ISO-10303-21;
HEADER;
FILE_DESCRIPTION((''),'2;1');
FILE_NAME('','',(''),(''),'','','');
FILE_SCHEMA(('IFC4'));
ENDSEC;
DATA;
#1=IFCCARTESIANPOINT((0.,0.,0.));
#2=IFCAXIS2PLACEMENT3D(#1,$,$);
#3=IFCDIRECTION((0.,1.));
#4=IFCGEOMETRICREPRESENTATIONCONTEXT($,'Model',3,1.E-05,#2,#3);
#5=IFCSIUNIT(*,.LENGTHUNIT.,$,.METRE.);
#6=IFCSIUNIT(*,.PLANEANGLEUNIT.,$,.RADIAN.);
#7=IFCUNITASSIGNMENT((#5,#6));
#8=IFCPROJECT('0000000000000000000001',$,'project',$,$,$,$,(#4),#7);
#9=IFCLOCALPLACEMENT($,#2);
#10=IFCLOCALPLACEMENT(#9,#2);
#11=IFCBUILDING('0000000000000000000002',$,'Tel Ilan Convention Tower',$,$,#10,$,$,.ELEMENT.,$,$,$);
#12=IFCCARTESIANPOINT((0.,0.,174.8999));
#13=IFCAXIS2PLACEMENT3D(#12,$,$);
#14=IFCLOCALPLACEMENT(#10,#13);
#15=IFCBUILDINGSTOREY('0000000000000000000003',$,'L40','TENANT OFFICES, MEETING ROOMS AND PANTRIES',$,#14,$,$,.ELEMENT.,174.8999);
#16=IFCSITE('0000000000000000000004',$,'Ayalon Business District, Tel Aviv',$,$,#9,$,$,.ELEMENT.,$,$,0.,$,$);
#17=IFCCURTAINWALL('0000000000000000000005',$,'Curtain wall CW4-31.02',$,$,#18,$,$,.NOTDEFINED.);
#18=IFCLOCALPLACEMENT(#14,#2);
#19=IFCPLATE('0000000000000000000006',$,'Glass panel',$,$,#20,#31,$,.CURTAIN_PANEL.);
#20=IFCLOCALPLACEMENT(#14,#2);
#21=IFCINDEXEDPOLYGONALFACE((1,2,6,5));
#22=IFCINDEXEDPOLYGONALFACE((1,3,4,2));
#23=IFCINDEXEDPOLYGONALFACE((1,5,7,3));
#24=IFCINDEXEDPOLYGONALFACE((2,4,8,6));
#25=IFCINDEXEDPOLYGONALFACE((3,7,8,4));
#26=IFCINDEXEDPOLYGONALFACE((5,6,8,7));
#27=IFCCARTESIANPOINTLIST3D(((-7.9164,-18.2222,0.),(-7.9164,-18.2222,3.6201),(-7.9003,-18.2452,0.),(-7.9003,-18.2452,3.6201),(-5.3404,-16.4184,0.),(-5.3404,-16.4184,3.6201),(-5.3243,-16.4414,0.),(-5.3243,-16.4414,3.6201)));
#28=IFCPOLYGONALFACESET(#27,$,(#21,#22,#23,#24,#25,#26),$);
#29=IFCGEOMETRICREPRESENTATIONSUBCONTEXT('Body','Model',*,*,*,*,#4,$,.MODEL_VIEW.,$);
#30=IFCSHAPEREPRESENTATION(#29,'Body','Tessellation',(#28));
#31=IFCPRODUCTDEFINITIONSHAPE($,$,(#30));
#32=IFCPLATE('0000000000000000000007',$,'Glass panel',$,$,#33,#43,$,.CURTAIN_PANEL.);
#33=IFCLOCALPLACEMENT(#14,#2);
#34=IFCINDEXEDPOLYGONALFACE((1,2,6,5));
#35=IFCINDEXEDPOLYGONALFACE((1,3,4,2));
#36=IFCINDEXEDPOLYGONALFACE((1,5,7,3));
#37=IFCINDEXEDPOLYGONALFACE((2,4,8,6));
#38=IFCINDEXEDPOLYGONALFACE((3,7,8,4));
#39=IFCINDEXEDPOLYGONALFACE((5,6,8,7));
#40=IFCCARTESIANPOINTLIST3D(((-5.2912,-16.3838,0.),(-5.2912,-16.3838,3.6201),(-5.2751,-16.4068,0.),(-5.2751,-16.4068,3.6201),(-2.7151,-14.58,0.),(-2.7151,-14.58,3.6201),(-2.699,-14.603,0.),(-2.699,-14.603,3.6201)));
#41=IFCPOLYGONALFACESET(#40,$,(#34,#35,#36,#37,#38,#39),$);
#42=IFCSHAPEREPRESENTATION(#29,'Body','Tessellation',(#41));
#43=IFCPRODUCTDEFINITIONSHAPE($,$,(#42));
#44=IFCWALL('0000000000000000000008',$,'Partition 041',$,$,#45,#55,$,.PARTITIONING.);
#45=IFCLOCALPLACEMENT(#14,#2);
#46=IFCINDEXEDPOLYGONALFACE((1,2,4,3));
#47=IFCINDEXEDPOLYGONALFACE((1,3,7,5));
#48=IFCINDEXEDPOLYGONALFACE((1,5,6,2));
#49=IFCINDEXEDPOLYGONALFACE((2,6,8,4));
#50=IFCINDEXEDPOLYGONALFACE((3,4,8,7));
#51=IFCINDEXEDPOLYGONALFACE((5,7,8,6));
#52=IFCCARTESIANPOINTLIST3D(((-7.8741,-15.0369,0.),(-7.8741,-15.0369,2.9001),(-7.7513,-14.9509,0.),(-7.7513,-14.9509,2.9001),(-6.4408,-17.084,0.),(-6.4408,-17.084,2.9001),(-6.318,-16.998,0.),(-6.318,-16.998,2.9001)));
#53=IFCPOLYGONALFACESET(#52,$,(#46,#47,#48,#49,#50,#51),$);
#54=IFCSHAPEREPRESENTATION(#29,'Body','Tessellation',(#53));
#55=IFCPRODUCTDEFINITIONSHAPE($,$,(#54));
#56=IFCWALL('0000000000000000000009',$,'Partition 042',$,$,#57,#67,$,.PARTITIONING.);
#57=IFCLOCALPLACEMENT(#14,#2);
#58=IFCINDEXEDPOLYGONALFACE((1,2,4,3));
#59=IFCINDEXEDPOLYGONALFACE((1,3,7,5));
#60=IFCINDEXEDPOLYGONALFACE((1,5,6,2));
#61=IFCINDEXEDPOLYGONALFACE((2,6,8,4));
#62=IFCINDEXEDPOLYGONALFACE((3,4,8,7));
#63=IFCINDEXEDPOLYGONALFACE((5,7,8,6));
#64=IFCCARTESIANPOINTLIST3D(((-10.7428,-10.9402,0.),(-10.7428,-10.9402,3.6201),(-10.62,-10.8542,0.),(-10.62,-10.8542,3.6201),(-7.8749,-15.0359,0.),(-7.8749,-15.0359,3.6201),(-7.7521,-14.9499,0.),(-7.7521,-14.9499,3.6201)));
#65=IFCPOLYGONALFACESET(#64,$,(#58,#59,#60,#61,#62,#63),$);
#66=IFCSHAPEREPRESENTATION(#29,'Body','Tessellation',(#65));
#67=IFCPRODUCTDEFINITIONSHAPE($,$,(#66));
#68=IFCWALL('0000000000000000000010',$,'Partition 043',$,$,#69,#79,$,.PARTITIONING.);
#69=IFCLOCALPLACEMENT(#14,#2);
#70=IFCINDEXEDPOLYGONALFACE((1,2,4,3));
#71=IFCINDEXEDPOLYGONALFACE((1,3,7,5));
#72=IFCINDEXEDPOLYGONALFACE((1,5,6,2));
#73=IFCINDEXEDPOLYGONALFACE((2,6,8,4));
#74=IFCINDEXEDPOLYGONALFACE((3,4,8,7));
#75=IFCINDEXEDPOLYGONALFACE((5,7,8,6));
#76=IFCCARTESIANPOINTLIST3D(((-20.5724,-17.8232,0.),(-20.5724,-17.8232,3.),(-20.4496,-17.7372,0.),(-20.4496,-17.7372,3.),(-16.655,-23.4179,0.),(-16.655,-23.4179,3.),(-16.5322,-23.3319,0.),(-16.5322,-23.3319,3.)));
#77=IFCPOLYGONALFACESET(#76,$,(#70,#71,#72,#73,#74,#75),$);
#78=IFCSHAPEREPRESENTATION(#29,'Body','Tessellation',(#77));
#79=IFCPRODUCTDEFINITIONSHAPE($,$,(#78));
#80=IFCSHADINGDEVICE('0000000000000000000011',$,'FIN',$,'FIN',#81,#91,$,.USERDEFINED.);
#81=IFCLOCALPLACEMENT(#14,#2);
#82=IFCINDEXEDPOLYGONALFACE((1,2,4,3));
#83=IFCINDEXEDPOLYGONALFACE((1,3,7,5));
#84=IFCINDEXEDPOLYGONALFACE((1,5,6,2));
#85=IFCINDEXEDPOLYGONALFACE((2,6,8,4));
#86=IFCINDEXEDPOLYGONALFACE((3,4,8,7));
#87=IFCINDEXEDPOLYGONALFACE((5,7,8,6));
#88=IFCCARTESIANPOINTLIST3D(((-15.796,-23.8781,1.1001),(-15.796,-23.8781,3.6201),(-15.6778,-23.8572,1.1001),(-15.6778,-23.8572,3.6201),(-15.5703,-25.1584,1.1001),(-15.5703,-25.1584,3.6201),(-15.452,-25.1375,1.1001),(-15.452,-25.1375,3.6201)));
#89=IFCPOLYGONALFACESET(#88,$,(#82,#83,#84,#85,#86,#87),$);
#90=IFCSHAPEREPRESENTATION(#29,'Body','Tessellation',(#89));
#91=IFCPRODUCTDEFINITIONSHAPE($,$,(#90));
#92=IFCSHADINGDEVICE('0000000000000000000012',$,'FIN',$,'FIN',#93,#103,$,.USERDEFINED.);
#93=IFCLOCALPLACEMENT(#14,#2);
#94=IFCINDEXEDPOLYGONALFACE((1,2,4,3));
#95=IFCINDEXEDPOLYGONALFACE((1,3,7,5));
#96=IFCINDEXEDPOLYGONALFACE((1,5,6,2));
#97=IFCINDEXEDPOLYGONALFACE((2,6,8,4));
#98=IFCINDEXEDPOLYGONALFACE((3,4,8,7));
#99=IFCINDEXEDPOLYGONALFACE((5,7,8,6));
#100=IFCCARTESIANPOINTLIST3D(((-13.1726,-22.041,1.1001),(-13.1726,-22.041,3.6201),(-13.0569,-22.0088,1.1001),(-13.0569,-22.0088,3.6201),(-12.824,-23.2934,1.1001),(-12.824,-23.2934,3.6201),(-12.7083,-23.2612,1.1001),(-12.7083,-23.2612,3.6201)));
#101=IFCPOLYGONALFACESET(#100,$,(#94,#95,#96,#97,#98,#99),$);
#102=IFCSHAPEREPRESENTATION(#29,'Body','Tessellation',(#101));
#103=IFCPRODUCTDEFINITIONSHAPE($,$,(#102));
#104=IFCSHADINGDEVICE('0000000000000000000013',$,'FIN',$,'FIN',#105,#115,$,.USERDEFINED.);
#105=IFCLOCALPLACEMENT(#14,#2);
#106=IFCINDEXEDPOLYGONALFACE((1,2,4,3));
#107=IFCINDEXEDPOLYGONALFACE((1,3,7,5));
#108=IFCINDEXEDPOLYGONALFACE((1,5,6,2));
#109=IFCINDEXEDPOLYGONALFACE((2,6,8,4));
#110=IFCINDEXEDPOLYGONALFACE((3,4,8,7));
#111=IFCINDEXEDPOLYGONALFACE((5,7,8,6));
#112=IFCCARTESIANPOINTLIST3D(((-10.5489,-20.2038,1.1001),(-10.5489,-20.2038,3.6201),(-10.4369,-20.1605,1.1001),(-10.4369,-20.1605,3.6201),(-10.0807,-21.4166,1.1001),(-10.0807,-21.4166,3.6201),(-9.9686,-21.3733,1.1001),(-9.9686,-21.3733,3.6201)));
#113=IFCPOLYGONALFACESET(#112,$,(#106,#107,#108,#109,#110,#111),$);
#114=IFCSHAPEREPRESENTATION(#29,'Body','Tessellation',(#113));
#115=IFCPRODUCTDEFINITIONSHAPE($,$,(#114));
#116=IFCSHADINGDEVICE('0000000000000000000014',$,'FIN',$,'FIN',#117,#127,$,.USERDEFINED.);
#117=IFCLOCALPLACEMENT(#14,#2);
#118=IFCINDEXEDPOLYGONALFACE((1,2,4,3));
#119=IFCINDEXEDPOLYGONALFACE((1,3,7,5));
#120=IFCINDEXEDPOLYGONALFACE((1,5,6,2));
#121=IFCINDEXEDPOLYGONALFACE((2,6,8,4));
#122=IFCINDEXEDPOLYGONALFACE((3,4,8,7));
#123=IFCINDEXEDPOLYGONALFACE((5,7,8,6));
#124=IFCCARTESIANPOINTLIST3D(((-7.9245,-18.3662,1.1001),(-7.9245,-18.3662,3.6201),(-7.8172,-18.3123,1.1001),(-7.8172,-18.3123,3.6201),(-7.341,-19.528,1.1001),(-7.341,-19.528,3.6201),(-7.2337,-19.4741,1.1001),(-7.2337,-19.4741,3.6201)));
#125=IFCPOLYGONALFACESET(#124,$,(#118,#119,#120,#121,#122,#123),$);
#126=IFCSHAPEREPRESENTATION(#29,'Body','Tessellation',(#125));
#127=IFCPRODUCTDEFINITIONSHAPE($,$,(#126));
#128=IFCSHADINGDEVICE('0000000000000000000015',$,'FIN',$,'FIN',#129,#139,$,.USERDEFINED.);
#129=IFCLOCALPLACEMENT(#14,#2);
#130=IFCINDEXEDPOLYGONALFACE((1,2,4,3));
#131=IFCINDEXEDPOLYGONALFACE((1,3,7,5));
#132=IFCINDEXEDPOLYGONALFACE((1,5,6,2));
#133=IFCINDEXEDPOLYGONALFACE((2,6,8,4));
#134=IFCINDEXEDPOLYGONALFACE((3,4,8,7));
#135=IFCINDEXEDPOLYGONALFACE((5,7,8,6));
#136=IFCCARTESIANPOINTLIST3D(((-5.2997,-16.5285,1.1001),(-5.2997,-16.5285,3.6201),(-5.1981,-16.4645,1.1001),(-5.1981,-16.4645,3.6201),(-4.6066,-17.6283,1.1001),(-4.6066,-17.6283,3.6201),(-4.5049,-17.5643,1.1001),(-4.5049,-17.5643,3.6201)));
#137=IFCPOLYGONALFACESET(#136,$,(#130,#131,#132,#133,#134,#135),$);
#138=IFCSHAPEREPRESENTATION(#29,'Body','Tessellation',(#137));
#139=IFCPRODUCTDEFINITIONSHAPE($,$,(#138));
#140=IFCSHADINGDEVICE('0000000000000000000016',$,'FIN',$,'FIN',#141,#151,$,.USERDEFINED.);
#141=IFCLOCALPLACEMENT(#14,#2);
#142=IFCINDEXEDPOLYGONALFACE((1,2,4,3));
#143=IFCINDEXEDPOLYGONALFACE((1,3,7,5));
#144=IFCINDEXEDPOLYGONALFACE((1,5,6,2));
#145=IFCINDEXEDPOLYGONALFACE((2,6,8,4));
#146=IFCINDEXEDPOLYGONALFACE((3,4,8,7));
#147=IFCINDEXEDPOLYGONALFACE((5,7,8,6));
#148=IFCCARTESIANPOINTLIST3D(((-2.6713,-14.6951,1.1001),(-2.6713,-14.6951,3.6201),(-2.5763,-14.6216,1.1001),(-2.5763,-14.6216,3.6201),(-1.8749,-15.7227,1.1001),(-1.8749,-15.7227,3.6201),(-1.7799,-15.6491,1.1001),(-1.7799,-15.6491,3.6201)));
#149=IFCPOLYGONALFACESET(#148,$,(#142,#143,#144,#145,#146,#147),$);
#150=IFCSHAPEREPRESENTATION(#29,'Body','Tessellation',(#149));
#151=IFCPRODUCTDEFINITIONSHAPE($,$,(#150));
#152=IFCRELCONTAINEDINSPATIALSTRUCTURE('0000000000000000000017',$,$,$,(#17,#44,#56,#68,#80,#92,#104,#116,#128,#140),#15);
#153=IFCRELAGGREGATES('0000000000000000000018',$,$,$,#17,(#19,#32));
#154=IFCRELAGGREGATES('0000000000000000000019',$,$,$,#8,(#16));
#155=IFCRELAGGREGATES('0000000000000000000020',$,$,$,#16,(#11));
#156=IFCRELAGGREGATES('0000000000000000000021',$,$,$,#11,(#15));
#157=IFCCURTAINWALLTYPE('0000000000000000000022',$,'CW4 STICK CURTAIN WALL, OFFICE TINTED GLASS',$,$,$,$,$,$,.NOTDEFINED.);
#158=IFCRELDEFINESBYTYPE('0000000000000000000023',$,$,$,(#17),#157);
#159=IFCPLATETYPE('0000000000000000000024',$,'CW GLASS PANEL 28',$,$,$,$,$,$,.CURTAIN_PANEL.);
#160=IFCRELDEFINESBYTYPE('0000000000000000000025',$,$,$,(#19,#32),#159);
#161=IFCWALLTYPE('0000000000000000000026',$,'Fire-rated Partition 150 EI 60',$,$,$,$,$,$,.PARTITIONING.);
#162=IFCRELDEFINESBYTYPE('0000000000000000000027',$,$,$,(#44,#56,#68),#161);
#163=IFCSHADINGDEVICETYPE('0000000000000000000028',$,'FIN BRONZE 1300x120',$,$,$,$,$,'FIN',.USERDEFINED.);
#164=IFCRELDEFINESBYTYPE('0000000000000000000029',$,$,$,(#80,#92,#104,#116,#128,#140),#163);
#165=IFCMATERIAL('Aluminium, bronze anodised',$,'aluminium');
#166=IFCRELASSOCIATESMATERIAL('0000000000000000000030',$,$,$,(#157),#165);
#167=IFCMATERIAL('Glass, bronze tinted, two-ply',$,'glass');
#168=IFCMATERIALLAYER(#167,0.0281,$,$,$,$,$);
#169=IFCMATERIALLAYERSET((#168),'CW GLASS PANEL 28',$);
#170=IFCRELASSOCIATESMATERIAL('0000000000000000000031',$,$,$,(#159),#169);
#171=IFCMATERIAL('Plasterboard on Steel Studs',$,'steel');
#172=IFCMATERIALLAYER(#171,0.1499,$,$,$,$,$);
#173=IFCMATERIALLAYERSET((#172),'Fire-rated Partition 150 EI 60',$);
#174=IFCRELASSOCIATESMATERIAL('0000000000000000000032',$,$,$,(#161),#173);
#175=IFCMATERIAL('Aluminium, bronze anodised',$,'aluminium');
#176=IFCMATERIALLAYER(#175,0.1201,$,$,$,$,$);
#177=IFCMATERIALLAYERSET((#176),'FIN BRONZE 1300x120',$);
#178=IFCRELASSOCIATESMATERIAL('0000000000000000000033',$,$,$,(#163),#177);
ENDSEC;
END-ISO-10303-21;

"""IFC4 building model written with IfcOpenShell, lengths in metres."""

from ifc_helpers import new_model, si_unit, direction, frame, frame_2d, origin, origin_2d, place, context, subcontext, project, spatial, rectangle, extrude, material, layer, layer_set, type_object, element, aggregate, save


model = new_model("IFC4")

# Units and contexts
model_context = context("Model", 3, precision=1e-05, world=origin(), true_north=direction((0.0, 1.0)))
body_context = subcontext(model_context, "Body", "Model", "MODEL_VIEW")
ifc_project = project(units=[si_unit("LENGTHUNIT", "METRE"), si_unit("PLANEANGLEUNIT", "RADIAN")], contexts=[model_context])

# Site, building, storey
site_placement = place(None, origin())
site = spatial("IfcSite", under=ifc_project, at=site_placement, Name="Ayalon Business District, Tel Aviv", CompositionType="ELEMENT", RefElevation=0.0)
building_placement = place(site_placement, origin())
building = spatial("IfcBuilding", under=site, at=building_placement, Name="Tel Ilan Convention Tower", CompositionType="ELEMENT")
storey_placement = place(building_placement, frame((0.0, 0.0, 174.8999)))
storey = spatial("IfcBuildingStorey", under=building, at=storey_placement, Name="L40", Description="TENANT OFFICES, MEETING ROOMS AND PANTRIES", CompositionType="ELEMENT", Elevation=174.8999)

# Curtain wall, plates
ifc_material_1 = material(Name="Aluminium, bronze anodised", Category="aluminium")
curtain_wall_type = type_object("IfcCurtainWallType", Name="CW4 STICK CURTAIN WALL, OFFICE TINTED GLASS", PredefinedType="NOTDEFINED", material=ifc_material_1)
curtain_wall_placement = place(storey_placement, origin())
curtain_wall = element("IfcCurtainWall", 1, at=curtain_wall_placement, inside=storey, type_object=curtain_wall_type, Name="Curtain wall CW4-31.02", PredefinedType="NOTDEFINED")
ifc_material_2 = material(Name="Glass, bronze tinted, two-ply", Category="glass")
ifc_layer_1 = layer(ifc_material_2, 0.0281)
ifc_layer_set_1 = layer_set([ifc_layer_1], Name="CW GLASS PANEL 28")
plate_type = type_object("IfcPlateType", Name="CW GLASS PANEL 28", PredefinedType="CURTAIN_PANEL", material=ifc_layer_set_1)
plate_1_placement = place(storey_placement, frame((-6.6204, -17.3318, 0.0), z_axis=(0.0, 0.0, 1.0), x_axis=(0.819152, 0.573576, 0.0)))
plate_1 = element("IfcPlate", 2, at=plate_1_placement, type_object=plate_type, Name="Glass panel", PredefinedType="CURTAIN_PANEL", context=body_context, shape_type="SweptSolid", body=[
    extrude(rectangle(XDim=3.1448, YDim=0.0281, at=origin_2d()), origin(), (0.0, 0.0, 1.0), 3.6201),
])
plate_2_placement = place(storey_placement, frame((-3.9951, -15.4934, 0.0), z_axis=(0.0, 0.0, 1.0), x_axis=(0.819152, 0.573576, 0.0)))
plate_2 = element("IfcPlate", 3, at=plate_2_placement, type_object=plate_type, Name="Glass panel", PredefinedType="CURTAIN_PANEL", context=body_context, shape_type="SweptSolid", body=[
    extrude(rectangle(XDim=3.1448, YDim=0.0281, at=origin_2d()), origin(), (0.0, 0.0, 1.0), 3.6201),
])
aggregate(curtain_wall, [plate_1, plate_2])

# Walls
ifc_material_3 = material(Name="Plasterboard on Steel Studs", Category="steel")
ifc_layer_2 = layer(ifc_material_3, 0.1499)
ifc_layer_set_2 = layer_set([ifc_layer_2], Name="Fire-rated Partition 150 EI 60")
wall_type = type_object("IfcWallType", Name="Fire-rated Partition 150 EI 60", PredefinedType="PARTITIONING", material=ifc_layer_set_2)
wall_1_placement = place(storey_placement, frame((-6.3794, -17.041, 0.0), z_axis=(0.0, 0.0, 1.0), x_axis=(-0.573561, 0.819163, 0.0)))
element("IfcWall", 4, at=wall_1_placement, inside=storey, type_object=wall_type, Name="Partition 041", PredefinedType="PARTITIONING", context=body_context, shape_type="SweptSolid", body=[
    extrude(rectangle(XDim=2.499, YDim=0.1499, at=frame_2d((1.2495, 0.0))), origin(), (0.0, 0.0, 1.0), 2.9001),
])
wall_2_placement = place(storey_placement, frame((-7.8135, -14.9929, 0.0), z_axis=(0.0, 0.0, 1.0), x_axis=(-0.573587, 0.819145, 0.0)))
element("IfcWall", 5, at=wall_2_placement, inside=storey, type_object=wall_type, Name="Partition 042", PredefinedType="PARTITIONING", context=body_context, shape_type="SweptSolid", body=[
    extrude(rectangle(XDim=5.0, YDim=0.1499, at=frame_2d((2.5, 0.0))), origin(), (0.0, 0.0, 1.0), 3.6201),
])
wall_3_placement = place(storey_placement, frame((-16.5935, -23.375, 0.0), z_axis=(0.0, 0.0, 1.0), x_axis=(-0.573577, 0.819151, 0.0)))
element("IfcWall", 6, at=wall_3_placement, inside=storey, type_object=wall_type, Name="Partition 043", PredefinedType="PARTITIONING", context=body_context, shape_type="SweptSolid", body=[
    extrude(rectangle(XDim=6.8298, YDim=0.1499, at=frame_2d((3.415, 0.0))), origin(), (0.0, 0.0, 1.0), 3.0),
])

# Shading devices
ifc_material_4 = material(Name="Aluminium, bronze anodised", Category="aluminium")
ifc_layer_3 = layer(ifc_material_4, 0.1201)
ifc_layer_set_3 = layer_set([ifc_layer_3], Name="FIN BRONZE 1300x120")
shading_device_type = type_object("IfcShadingDeviceType", Name="FIN BRONZE 1300x120", ElementType="FIN", PredefinedType="USERDEFINED", material=ifc_layer_set_3)
for number, where, z_axis, x_axis, name in (
    (7, (-15.624, -24.5078, 1.1001), (0.0, 0.0, 1.0), (0.173648, -0.984808, 0.0), "FIN"),
    (8, (-12.9404, -22.6511, 1.1001), (0.0, 0.0, 1.0), (0.268173, -0.963371, 0.0), "FIN"),
    (9, (-10.2588, -20.7886, 1.1001), (0.0, 0.0, 1.0), (0.360178, -0.932884, 0.0), "FIN"),
    (10, (-7.5791, -18.9202, 1.1001), (0.0, 0.0, 1.0), (0.448799, -0.893633, 0.0), "FIN"),
    (11, (-4.9023, -17.0464, 1.1001), (0.0, 0.0, 1.0), (0.533204, -0.845986, 0.0), "FIN"),
    (12, (-2.2256, -15.1721, 1.1001), (0.0, 0.0, 1.0), (0.612601, -0.790393, 0.0), "FIN"),
):
    element("IfcShadingDevice", number, at=place(storey_placement, frame(where, z_axis=z_axis, x_axis=x_axis)), inside=storey, type_object=shading_device_type, Name=name, ObjectType="FIN", PredefinedType="USERDEFINED", context=body_context, shape_type="SweptSolid", body=[
        extrude(rectangle(XDim=1.3, YDim=0.1201, at=origin_2d()), origin(), (0.0, 0.0, 1.0), 2.52),
    ])

save(model, "model.ifc")
